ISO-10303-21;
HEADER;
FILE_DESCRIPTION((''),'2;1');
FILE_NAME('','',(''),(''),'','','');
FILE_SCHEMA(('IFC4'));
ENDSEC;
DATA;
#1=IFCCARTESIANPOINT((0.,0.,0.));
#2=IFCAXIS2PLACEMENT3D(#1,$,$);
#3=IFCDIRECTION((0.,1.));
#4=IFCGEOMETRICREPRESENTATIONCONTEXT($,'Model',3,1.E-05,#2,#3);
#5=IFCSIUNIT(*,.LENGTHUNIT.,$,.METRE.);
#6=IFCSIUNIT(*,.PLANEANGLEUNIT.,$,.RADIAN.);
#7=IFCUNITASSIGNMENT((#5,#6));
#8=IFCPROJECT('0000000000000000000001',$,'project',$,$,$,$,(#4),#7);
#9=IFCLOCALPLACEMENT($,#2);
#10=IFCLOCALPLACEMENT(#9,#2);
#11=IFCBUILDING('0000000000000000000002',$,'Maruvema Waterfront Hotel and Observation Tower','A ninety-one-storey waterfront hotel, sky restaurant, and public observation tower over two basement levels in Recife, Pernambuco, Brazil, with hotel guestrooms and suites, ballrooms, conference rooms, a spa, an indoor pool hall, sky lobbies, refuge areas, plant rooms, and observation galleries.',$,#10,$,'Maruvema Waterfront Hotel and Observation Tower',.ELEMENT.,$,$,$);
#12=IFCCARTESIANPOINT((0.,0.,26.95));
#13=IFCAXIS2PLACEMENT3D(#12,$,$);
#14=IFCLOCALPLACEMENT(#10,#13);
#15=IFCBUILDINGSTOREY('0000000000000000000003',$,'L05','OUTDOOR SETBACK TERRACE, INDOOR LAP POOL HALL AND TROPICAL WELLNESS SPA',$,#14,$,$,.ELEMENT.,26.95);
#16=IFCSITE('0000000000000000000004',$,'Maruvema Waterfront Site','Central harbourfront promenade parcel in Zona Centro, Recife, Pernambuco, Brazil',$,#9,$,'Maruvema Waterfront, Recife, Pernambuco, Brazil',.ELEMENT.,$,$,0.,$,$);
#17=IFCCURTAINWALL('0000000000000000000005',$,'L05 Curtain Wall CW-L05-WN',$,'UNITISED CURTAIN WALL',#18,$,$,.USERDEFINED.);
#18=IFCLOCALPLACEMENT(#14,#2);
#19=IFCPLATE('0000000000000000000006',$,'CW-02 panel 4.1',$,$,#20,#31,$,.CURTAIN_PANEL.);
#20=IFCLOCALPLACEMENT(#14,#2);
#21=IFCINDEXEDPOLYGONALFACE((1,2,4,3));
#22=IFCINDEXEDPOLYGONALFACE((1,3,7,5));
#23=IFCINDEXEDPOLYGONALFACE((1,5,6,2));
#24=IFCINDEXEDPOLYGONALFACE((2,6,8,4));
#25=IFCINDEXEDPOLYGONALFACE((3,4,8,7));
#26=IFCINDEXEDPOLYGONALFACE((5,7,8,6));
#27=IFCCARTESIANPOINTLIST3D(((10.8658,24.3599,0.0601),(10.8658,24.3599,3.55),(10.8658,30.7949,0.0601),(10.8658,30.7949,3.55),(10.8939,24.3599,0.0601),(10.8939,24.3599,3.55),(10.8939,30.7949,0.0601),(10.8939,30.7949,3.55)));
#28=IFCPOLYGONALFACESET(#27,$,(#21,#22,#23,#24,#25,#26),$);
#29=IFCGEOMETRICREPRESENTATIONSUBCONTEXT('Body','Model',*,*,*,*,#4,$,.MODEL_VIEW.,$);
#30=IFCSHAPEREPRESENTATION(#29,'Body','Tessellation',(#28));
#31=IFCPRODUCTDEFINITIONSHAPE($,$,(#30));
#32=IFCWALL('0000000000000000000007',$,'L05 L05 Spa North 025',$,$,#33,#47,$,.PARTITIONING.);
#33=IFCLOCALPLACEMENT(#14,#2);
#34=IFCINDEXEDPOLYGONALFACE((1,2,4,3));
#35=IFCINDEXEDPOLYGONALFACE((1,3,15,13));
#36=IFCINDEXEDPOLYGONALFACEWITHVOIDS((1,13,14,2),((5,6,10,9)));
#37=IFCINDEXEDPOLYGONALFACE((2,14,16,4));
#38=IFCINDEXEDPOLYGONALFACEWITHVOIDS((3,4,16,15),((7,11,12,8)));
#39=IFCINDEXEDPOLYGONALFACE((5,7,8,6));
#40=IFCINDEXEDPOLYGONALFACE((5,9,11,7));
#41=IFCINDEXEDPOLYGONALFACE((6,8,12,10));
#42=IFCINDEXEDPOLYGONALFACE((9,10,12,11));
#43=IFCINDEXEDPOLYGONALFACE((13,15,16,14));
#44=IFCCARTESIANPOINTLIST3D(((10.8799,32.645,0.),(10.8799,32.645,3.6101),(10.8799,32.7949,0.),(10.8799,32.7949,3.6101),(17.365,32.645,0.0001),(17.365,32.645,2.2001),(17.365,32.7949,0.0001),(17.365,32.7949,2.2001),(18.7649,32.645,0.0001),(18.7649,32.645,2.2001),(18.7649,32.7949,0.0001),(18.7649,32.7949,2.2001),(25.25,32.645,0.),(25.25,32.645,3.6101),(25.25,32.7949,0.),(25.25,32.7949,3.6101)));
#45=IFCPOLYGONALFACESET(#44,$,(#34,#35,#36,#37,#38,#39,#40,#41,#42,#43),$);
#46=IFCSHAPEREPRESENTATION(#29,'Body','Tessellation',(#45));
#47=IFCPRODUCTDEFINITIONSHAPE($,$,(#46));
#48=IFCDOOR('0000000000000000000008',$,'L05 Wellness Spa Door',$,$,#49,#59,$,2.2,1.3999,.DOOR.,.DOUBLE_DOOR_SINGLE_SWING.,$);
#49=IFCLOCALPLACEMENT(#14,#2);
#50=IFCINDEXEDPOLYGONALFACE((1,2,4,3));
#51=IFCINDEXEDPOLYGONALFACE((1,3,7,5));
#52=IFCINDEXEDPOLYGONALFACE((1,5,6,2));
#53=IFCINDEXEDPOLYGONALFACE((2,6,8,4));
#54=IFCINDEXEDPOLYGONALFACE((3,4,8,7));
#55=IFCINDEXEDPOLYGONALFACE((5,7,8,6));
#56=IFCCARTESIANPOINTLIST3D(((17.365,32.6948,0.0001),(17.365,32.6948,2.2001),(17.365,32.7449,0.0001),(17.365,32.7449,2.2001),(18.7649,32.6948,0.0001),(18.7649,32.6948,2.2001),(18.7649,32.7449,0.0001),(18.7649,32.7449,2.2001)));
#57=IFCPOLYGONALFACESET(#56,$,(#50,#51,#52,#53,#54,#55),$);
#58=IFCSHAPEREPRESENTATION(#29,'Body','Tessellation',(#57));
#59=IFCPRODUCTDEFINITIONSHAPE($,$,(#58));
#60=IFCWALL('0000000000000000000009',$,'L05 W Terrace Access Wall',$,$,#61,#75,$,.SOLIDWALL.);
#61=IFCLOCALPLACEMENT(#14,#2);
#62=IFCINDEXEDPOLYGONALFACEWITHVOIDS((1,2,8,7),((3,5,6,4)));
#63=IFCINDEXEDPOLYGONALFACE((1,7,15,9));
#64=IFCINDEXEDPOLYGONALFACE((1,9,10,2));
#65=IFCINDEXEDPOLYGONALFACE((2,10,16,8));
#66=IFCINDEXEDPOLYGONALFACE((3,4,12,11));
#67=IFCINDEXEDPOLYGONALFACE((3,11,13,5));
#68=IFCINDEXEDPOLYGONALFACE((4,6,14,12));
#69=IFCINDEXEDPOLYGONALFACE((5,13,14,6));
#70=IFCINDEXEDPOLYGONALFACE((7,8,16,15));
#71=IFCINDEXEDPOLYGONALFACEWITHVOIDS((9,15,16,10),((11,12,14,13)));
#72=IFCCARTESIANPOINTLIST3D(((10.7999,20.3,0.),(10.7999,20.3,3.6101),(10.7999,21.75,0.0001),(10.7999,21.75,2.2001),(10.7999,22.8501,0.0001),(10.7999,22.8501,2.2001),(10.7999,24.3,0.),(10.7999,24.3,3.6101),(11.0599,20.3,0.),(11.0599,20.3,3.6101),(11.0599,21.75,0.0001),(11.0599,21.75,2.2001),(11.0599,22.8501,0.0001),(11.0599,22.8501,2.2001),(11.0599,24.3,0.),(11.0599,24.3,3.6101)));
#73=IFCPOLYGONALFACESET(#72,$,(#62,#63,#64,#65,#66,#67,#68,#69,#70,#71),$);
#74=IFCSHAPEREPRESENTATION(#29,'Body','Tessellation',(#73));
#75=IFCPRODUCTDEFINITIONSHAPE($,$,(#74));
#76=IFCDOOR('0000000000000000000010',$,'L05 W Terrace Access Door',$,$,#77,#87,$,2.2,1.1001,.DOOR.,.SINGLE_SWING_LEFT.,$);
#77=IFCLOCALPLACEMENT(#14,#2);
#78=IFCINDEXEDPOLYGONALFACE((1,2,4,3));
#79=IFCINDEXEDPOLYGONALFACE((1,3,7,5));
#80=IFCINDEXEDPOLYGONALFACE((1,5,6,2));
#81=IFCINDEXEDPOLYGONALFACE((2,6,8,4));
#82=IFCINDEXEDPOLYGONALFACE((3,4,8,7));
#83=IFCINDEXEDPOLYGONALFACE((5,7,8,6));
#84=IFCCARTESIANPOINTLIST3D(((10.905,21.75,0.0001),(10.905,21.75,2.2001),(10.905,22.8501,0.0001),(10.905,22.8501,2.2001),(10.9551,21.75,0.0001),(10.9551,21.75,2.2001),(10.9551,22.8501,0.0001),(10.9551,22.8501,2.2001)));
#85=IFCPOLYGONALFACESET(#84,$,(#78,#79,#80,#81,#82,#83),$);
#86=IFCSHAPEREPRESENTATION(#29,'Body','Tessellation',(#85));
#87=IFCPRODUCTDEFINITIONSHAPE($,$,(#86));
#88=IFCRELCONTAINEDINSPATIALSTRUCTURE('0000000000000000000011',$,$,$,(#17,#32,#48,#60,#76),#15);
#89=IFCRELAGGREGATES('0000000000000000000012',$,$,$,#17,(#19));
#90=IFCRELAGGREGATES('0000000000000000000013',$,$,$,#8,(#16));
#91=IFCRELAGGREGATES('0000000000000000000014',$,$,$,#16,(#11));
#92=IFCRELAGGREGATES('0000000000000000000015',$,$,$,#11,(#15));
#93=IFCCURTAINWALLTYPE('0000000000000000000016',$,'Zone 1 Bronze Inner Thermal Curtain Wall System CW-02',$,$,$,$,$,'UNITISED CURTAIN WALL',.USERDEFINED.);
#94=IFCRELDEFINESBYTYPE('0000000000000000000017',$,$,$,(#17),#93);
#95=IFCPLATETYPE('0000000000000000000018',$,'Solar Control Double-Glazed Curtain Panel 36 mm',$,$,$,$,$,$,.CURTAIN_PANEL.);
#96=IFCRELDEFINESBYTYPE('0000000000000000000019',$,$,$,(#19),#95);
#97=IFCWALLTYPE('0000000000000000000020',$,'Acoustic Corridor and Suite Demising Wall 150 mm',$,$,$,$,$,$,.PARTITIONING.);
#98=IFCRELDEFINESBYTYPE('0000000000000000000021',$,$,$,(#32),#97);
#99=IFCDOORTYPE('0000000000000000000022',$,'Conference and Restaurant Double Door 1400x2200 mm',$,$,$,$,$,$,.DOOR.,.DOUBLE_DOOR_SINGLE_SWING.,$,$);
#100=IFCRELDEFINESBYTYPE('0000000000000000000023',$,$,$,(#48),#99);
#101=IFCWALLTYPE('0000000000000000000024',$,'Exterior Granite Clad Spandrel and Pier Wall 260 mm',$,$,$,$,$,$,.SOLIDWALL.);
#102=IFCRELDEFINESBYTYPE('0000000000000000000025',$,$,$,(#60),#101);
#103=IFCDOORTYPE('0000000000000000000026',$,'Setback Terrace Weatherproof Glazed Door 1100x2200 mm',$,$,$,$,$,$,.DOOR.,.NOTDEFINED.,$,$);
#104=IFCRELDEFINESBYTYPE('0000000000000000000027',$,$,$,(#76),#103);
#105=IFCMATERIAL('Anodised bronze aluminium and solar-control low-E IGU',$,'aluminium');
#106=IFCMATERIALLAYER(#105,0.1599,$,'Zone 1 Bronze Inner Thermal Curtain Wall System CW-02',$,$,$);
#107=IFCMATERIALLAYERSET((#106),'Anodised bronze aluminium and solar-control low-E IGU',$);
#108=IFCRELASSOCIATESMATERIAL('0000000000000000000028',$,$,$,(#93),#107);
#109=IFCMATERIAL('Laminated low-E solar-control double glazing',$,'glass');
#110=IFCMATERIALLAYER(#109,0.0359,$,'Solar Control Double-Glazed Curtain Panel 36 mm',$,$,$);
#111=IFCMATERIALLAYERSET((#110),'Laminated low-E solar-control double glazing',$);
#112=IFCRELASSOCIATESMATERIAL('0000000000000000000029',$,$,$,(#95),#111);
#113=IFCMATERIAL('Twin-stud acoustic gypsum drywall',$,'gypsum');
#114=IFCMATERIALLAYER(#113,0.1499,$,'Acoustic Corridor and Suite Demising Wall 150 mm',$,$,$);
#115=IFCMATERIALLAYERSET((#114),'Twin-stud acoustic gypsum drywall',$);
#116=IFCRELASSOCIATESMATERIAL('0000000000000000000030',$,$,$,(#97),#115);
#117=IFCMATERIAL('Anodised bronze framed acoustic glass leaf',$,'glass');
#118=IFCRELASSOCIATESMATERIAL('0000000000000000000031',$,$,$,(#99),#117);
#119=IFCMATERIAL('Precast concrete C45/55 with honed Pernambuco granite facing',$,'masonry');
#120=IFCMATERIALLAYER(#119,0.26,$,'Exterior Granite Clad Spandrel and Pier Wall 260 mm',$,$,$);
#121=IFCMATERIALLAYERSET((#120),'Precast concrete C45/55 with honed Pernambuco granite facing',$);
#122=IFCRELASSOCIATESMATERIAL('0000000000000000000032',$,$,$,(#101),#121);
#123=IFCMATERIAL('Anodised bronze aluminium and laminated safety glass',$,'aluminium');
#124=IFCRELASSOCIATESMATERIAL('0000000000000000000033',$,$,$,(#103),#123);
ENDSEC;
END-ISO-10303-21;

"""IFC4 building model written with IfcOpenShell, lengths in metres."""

from ifc_helpers import new_model, si_unit, direction, frame, frame_2d, origin, origin_2d, place, context, subcontext, project, spatial, rectangle, extrude, material, layer, layer_set, type_object, element, fill, aggregate, save


model = new_model("IFC4")

# Units and contexts
model_context = context("Model", 3, precision=1e-05, world=origin(), true_north=direction((0.0, 1.0)))
body_context = subcontext(model_context, "Body", "Model", "MODEL_VIEW")
ifc_project = project(units=[si_unit("LENGTHUNIT", "METRE"), si_unit("PLANEANGLEUNIT", "RADIAN")], contexts=[model_context])

# Site, building, storey
site_placement = place(None, origin())
site = spatial("IfcSite", under=ifc_project, at=site_placement, Name="Maruvema Waterfront Site", Description="Central harbourfront promenade parcel in Zona Centro, Recife, Pernambuco, Brazil", LongName="Maruvema Waterfront, Recife, Pernambuco, Brazil", CompositionType="ELEMENT", RefElevation=0.0)
building_placement = place(site_placement, origin())
building = spatial("IfcBuilding", under=site, at=building_placement, Name="Maruvema Waterfront Hotel and Observation Tower", Description="A ninety-one-storey waterfront hotel, sky restaurant, and public observation tower over two basement levels in Recife, Pernambuco, Brazil, with hotel guestrooms and suites, ballrooms, conference rooms, a spa, an indoor pool hall, sky lobbies, refuge areas, plant rooms, and observation galleries.", LongName="Maruvema Waterfront Hotel and Observation Tower", CompositionType="ELEMENT")
storey_placement = place(building_placement, frame((0.0, 0.0, 26.95)))
storey = spatial("IfcBuildingStorey", under=building, at=storey_placement, Name="L05", Description="OUTDOOR SETBACK TERRACE, INDOOR LAP POOL HALL AND TROPICAL WELLNESS SPA", CompositionType="ELEMENT", Elevation=26.95)

# Curtain wall
ifc_material_1 = material(Name="Anodised bronze aluminium and solar-control low-E IGU", Category="aluminium")
ifc_layer_1 = layer(ifc_material_1, 0.1599, Name="Zone 1 Bronze Inner Thermal Curtain Wall System CW-02")
ifc_layer_set_1 = layer_set([ifc_layer_1], Name="Anodised bronze aluminium and solar-control low-E IGU")
curtain_wall_type = type_object("IfcCurtainWallType", Name="Zone 1 Bronze Inner Thermal Curtain Wall System CW-02", ElementType="UNITISED CURTAIN WALL", PredefinedType="USERDEFINED", material=ifc_layer_set_1)
curtain_wall_1_placement = place(storey_placement, origin())
curtain_wall_1 = element("IfcCurtainWall", 1, at=curtain_wall_1_placement, inside=storey, type_object=curtain_wall_type, Name="L05 Curtain Wall CW-L05-WN", ObjectType="UNITISED CURTAIN WALL", PredefinedType="USERDEFINED")

# Plate
ifc_material_2 = material(Name="Laminated low-E solar-control double glazing", Category="glass")
ifc_layer_2 = layer(ifc_material_2, 0.0359, Name="Solar Control Double-Glazed Curtain Panel 36 mm")
ifc_layer_set_2 = layer_set([ifc_layer_2], Name="Laminated low-E solar-control double glazing")
plate_type = type_object("IfcPlateType", Name="Solar Control Double-Glazed Curtain Panel 36 mm", PredefinedType="CURTAIN_PANEL", material=ifc_layer_set_2)
plate_1_placement = place(storey_placement, frame((10.8799, 27.5774, 0.0601), z_axis=(0.0, 0.0, 1.0), x_axis=(0.0, -1.0, 0.0)))
plate_1 = element("IfcPlate", 2, at=plate_1_placement, type_object=plate_type, Name="CW-02 panel 4.1", PredefinedType="CURTAIN_PANEL", context=body_context, shape_type="SweptSolid", body=[
    extrude(rectangle(XDim=6.4351, YDim=0.0281, at=origin_2d()), origin(), (0.0, 0.0, 1.0), 3.49),
])
aggregate(curtain_wall_1, [plate_1])

# Walls, openings, doors
ifc_material_3 = material(Name="Twin-stud acoustic gypsum drywall", Category="gypsum")
ifc_layer_3 = layer(ifc_material_3, 0.1499, Name="Acoustic Corridor and Suite Demising Wall 150 mm")
ifc_layer_set_3 = layer_set([ifc_layer_3], Name="Twin-stud acoustic gypsum drywall")
wall_type_1 = type_object("IfcWallType", Name="Acoustic Corridor and Suite Demising Wall 150 mm", PredefinedType="PARTITIONING", material=ifc_layer_set_3)
wall_1_placement = place(storey_placement, frame((10.8799, 32.72, 0.0), z_axis=(0.0, 0.0, 1.0), x_axis=(1.0, 0.0, 0.0)))
wall_1 = element("IfcWall", 3, at=wall_1_placement, inside=storey, type_object=wall_type_1, Name="L05 L05 Spa North 025", PredefinedType="PARTITIONING", context=body_context, shape_type="SweptSolid", body=[
    extrude(rectangle(XDim=14.3701, YDim=0.1499, at=frame_2d((7.1851, 0.0))), origin(), (0.0, 0.0, 1.0), 3.6101),
])
opening_1_placement = place(wall_1_placement, frame((6.4851, 0.0, 0.0)))
opening_1 = element("IfcOpeningElement", 4, at=opening_1_placement, cuts=wall_1, PredefinedType="OPENING", context=body_context, shape_type="SweptSolid", body=[
    extrude(rectangle(XDim=1.3999, YDim=2.2, at=frame_2d((0.7, 1.1001))), frame((0.0, 0.085, 0.0), z_axis=(0.0, -1.0, 0.0), x_axis=(1.0, 0.0, 0.0)), (0.0, 0.0, 1.0), 0.1699),
])
ifc_material_4 = material(Name="Anodised bronze framed acoustic glass leaf", Category="glass")
door_type_1 = type_object("IfcDoorType", Name="Conference and Restaurant Double Door 1400x2200 mm", OperationType="DOUBLE_DOOR_SINGLE_SWING", PredefinedType="DOOR", material=ifc_material_4)
door_1_placement = place(opening_1_placement, origin())
door_1 = element("IfcDoor", 5, at=door_1_placement, inside=storey, type_object=door_type_1, Name="L05 Wellness Spa Door", OperationType="DOUBLE_DOOR_SINGLE_SWING", OverallHeight=2.2, OverallWidth=1.3999, PredefinedType="DOOR", context=body_context, shape_type="SweptSolid", body=[
    extrude(rectangle(XDim=1.3999, YDim=2.2, at=frame_2d((0.7, 1.1001))), frame((0.0, 0.0249, 0.0), z_axis=(0.0, -1.0, 0.0), x_axis=(1.0, 0.0, 0.0)), (0.0, 0.0, 1.0), 0.05),
])
fill(opening_1, door_1)
ifc_material_5 = material(Name="Precast concrete C45/55 with honed Pernambuco granite facing", Category="masonry")
ifc_layer_4 = layer(ifc_material_5, 0.26, Name="Exterior Granite Clad Spandrel and Pier Wall 260 mm")
ifc_layer_set_4 = layer_set([ifc_layer_4], Name="Precast concrete C45/55 with honed Pernambuco granite facing")
wall_type_2 = type_object("IfcWallType", Name="Exterior Granite Clad Spandrel and Pier Wall 260 mm", PredefinedType="SOLIDWALL", material=ifc_layer_set_4)
wall_2_placement = place(storey_placement, frame((10.9299, 20.3, 0.0), z_axis=(0.0, 0.0, 1.0), x_axis=(0.0, 1.0, 0.0)))
wall_2 = element("IfcWall", 6, at=wall_2_placement, inside=storey, type_object=wall_type_2, Name="L05 W Terrace Access Wall", PredefinedType="SOLIDWALL", context=body_context, shape_type="SweptSolid", body=[
    extrude(rectangle(XDim=4.0, YDim=0.26, at=frame_2d((2.0, 0.0))), origin(), (0.0, 0.0, 1.0), 3.6101),
])
opening_2_placement = place(wall_2_placement, frame((1.45, 0.0, 0.0)))
opening_2 = element("IfcOpeningElement", 7, at=opening_2_placement, cuts=wall_2, PredefinedType="OPENING", context=body_context, shape_type="SweptSolid", body=[
    extrude(rectangle(XDim=1.1001, YDim=2.2, at=frame_2d((0.55, 1.1001))), frame((0.0, 0.1401, 0.0), z_axis=(0.0, -1.0, 0.0), x_axis=(1.0, 0.0, 0.0)), (0.0, 0.0, 1.0), 0.28),
])
ifc_material_6 = material(Name="Anodised bronze aluminium and laminated safety glass", Category="aluminium")
door_type_2 = type_object("IfcDoorType", Name="Setback Terrace Weatherproof Glazed Door 1100x2200 mm", OperationType="NOTDEFINED", PredefinedType="DOOR", material=ifc_material_6)
door_2_placement = place(opening_2_placement, origin())
door_2 = element("IfcDoor", 8, at=door_2_placement, inside=storey, type_object=door_type_2, Name="L05 W Terrace Access Door", OperationType="SINGLE_SWING_LEFT", OverallHeight=2.2, OverallWidth=1.1001, PredefinedType="DOOR", context=body_context, shape_type="SweptSolid", body=[
    extrude(rectangle(XDim=1.1001, YDim=2.2, at=frame_2d((0.55, 1.1001))), frame((0.0, 0.0249, 0.0), z_axis=(0.0, -1.0, 0.0), x_axis=(1.0, 0.0, 0.0)), (0.0, 0.0, 1.0), 0.05),
])
fill(opening_2, door_2)

save(model, "model.ifc")
